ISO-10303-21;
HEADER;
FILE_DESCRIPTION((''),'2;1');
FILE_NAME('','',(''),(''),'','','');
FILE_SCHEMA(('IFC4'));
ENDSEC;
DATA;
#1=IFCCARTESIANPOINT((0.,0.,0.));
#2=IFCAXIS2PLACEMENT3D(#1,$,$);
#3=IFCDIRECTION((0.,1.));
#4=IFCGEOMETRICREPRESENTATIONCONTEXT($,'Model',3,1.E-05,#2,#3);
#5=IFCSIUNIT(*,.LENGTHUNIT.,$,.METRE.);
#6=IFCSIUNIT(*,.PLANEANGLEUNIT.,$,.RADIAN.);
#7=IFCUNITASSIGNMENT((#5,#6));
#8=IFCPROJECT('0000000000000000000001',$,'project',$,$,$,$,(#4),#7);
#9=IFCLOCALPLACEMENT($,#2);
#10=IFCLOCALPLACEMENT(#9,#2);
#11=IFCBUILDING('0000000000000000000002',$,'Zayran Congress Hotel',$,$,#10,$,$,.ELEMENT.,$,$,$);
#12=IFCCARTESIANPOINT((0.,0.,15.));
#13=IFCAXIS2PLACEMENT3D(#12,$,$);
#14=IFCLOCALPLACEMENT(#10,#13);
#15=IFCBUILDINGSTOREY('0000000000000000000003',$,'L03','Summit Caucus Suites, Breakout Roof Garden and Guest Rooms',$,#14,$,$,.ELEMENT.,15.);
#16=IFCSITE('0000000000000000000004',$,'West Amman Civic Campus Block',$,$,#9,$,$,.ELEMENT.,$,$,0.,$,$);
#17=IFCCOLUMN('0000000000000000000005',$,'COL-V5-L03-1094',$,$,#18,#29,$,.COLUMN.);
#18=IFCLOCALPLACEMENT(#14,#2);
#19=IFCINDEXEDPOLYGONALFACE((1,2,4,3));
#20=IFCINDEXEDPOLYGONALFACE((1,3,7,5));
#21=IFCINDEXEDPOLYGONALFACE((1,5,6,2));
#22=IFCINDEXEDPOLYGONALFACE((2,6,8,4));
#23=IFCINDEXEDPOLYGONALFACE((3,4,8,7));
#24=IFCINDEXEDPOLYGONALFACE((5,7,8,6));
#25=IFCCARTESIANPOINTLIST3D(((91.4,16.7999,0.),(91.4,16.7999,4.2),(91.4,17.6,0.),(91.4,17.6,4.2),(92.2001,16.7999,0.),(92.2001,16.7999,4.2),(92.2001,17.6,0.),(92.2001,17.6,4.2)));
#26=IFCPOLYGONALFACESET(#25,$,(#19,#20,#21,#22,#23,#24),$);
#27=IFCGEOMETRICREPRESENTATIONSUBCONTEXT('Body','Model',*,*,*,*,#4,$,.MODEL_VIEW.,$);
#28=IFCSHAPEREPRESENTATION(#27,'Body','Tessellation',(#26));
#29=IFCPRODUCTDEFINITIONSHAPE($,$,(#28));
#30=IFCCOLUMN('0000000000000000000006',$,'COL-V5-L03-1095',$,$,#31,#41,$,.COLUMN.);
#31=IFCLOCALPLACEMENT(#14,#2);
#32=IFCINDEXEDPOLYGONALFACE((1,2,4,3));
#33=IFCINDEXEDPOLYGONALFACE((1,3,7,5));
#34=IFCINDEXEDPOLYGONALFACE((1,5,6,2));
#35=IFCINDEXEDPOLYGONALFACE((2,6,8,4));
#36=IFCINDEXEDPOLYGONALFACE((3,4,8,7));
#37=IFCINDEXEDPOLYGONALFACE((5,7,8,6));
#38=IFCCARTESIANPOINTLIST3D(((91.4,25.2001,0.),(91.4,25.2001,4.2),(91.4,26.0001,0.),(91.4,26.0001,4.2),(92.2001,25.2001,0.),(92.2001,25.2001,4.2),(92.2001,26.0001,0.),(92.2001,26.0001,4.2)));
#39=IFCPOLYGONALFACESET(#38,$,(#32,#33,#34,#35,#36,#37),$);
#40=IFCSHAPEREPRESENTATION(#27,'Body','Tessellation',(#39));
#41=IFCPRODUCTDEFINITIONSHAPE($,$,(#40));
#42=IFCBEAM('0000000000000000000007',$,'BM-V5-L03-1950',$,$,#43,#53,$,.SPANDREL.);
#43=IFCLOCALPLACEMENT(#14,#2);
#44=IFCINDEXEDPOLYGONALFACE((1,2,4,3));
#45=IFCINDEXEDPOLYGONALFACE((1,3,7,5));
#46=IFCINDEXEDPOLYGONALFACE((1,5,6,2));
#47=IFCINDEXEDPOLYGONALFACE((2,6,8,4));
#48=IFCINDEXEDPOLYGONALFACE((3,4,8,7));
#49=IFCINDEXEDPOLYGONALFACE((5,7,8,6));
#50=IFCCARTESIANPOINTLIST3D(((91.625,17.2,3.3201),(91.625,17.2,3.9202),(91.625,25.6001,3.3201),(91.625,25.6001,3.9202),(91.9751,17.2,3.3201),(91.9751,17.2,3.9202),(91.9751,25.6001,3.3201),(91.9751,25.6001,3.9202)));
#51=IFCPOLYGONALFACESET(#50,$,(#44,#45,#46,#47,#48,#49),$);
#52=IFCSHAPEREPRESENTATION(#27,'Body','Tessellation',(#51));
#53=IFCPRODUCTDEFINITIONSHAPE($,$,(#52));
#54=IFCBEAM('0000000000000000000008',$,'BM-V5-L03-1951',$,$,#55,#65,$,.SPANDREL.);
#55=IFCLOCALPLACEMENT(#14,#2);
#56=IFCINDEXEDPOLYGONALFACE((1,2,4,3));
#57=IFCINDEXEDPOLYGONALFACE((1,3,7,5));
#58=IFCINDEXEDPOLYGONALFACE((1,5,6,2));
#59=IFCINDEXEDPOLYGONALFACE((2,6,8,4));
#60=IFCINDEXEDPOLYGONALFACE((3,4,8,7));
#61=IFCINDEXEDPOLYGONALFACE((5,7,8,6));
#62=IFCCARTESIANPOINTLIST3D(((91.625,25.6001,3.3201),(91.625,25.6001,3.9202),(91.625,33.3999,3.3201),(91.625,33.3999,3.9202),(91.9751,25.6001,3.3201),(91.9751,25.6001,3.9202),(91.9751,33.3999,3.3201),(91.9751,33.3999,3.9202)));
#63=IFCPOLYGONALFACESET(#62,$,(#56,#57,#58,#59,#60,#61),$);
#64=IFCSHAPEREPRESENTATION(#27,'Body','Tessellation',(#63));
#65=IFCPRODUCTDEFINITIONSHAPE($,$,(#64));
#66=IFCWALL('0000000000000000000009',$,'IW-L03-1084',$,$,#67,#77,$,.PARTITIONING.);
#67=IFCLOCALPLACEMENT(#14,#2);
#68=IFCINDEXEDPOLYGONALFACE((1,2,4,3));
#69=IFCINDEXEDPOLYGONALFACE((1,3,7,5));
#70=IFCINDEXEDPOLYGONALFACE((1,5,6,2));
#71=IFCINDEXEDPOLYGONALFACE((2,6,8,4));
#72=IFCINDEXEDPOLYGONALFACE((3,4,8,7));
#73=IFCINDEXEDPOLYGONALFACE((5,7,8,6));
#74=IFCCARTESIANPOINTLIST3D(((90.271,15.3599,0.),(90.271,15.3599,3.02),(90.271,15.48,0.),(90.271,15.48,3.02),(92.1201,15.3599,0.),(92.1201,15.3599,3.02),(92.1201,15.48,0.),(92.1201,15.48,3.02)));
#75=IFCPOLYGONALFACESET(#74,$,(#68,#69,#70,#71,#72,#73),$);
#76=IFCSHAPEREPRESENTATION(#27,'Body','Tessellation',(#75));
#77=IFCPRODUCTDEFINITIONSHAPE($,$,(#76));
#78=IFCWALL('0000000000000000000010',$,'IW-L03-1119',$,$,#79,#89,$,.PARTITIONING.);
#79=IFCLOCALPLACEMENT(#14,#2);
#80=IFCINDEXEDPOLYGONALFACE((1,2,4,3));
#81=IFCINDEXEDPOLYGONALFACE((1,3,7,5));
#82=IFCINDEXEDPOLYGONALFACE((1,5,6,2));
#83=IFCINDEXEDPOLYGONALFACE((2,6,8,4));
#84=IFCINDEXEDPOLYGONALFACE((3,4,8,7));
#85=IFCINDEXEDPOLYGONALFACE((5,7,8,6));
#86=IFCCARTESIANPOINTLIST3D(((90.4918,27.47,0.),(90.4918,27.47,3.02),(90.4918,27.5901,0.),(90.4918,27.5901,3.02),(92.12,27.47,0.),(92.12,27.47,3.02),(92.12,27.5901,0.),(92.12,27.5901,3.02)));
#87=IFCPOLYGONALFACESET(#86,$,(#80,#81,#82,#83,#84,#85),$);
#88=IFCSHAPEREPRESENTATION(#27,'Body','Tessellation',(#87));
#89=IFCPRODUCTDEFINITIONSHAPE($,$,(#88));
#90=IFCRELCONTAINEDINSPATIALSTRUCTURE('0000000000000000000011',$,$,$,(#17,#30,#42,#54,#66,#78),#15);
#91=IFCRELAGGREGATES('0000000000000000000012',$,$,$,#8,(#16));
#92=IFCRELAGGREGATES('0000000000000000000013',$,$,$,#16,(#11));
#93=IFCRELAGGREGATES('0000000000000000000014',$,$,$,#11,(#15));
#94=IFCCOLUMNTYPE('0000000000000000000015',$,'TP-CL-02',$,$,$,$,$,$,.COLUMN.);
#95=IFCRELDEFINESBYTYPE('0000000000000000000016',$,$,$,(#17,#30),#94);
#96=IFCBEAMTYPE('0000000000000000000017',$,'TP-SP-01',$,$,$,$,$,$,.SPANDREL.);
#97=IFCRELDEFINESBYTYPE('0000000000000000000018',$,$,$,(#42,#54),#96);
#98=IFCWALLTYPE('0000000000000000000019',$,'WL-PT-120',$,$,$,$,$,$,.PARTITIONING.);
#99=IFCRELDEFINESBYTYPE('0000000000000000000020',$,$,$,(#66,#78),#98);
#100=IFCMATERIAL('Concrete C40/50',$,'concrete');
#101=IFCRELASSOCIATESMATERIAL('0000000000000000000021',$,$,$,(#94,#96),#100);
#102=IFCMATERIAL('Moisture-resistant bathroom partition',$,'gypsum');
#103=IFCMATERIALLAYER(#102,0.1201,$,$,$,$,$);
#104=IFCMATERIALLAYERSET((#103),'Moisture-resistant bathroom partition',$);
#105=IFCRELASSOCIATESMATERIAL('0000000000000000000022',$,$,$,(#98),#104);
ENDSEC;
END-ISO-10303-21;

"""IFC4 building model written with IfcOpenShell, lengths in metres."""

from ifc_helpers import new_model, si_unit, direction, frame, frame_2d, origin, origin_2d, place, context, subcontext, project, spatial, rectangle, extrude, material, layer, layer_set, material_profile, profile_set, type_object, element, save


model = new_model("IFC4")

# Units and contexts
model_context = context("Model", 3, precision=1e-05, world=origin(), true_north=direction((0.0, 1.0)))
body_context = subcontext(model_context, "Body", "Model", "MODEL_VIEW")
ifc_project = project(units=[si_unit("LENGTHUNIT", "METRE"), si_unit("PLANEANGLEUNIT", "RADIAN")], contexts=[model_context])

# Site, building, storey
site_placement = place(None, origin())
site = spatial("IfcSite", under=ifc_project, at=site_placement, Name="West Amman Civic Campus Block", CompositionType="ELEMENT", RefElevation=0.0)
building_placement = place(site_placement, origin())
building = spatial("IfcBuilding", under=site, at=building_placement, Name="Zayran Congress Hotel", CompositionType="ELEMENT")
storey_placement = place(building_placement, frame((0.0, 0.0, 15.0)))
storey = spatial("IfcBuildingStorey", under=building, at=storey_placement, Name="L03", Description="Summit Caucus Suites, Breakout Roof Garden and Guest Rooms", CompositionType="ELEMENT", Elevation=15.0)

# Columns
ifc_material_1 = material(Name="Concrete C40/50", Category="concrete")
ifc_material_profile_1 = material_profile(ifc_material_1, rectangle(XDim=0.8, YDim=0.8, at=origin_2d()), Name="RC 800x800")
ifc_profile_set_1 = profile_set([ifc_material_profile_1], Name="Concrete C40/50")
column_type = type_object("IfcColumnType", Name="TP-CL-02", PredefinedType="COLUMN", material=ifc_profile_set_1)
for number, where, z_axis, x_axis, name in (
    (1, (91.8, 17.2, 0.0), (0.0, 0.0, 1.0), (1.0, 0.0, 0.0), "COL-V5-L03-1094"),
    (2, (91.8, 25.6001, 0.0), (0.0, 0.0, 1.0), (1.0, 0.0, 0.0), "COL-V5-L03-1095"),
):
    element("IfcColumn", number, at=place(storey_placement, frame(where, z_axis=z_axis, x_axis=x_axis)), inside=storey, type_object=column_type, Name=name, PredefinedType="COLUMN", context=body_context, shape_type="SweptSolid", body=[
        extrude(rectangle(XDim=0.8, YDim=0.8, at=origin_2d()), origin(), (0.0, 0.0, 1.0), 4.2),
    ])

# Beams
ifc_material_profile_2 = material_profile(ifc_material_1, rectangle(XDim=0.3501, YDim=0.6001, at=origin_2d()), Name="RC 350x600")
ifc_profile_set_2 = profile_set([ifc_material_profile_2], Name="Concrete C40/50")
beam_type = type_object("IfcBeamType", Name="TP-SP-01", PredefinedType="SPANDREL", material=ifc_profile_set_2)
beam_1_placement = place(storey_placement, frame((91.8, 17.2, 3.6201), z_axis=(0.0, 1.0, 0.0), x_axis=(-1.0, 0.0, 0.0)))
element("IfcBeam", 3, at=beam_1_placement, inside=storey, type_object=beam_type, Name="BM-V5-L03-1950", PredefinedType="SPANDREL", context=body_context, shape_type="SweptSolid", body=[
    extrude(rectangle(XDim=0.3501, YDim=0.6001, at=origin_2d()), origin(), (0.0, 0.0, 1.0), 8.4001),
])
beam_2_placement = place(storey_placement, frame((91.8, 25.6001, 3.6201), z_axis=(0.0, 1.0, 0.0), x_axis=(-1.0, 0.0, 0.0)))
element("IfcBeam", 4, at=beam_2_placement, inside=storey, type_object=beam_type, Name="BM-V5-L03-1951", PredefinedType="SPANDREL", context=body_context, shape_type="SweptSolid", body=[
    extrude(rectangle(XDim=0.3501, YDim=0.6001, at=origin_2d()), origin(), (0.0, 0.0, 1.0), 7.7998),
])

# Shared definitions
ifc_material_2 = material(Name="Moisture-resistant bathroom partition", Category="gypsum")
ifc_layer = layer(ifc_material_2, 0.1201)
ifc_layer_set = layer_set([ifc_layer], Name="Moisture-resistant bathroom partition")
wall_type = type_object("IfcWallType", Name="WL-PT-120", PredefinedType="PARTITIONING", material=ifc_layer_set)

# Walls
wall_1_placement = place(storey_placement, frame((90.271, 15.4199, 0.0), z_axis=(0.0, 0.0, 1.0), x_axis=(1.0, 0.0, 0.0)))
element("IfcWall", 5, at=wall_1_placement, inside=storey, type_object=wall_type, Name="IW-L03-1084", PredefinedType="PARTITIONING", context=body_context, shape_type="SweptSolid", body=[
    extrude(rectangle(XDim=1.8491, YDim=0.1201, at=frame_2d((0.9246, 0.0))), origin(), (0.0, 0.0, 1.0), 3.02),
])
wall_2_placement = place(storey_placement, frame((90.4919, 27.53, 0.0), z_axis=(0.0, 0.0, 1.0), x_axis=(1.0, 0.0, 0.0)))
element("IfcWall", 6, at=wall_2_placement, inside=storey, type_object=wall_type, Name="IW-L03-1119", PredefinedType="PARTITIONING", context=body_context, shape_type="SweptSolid", body=[
    extrude(rectangle(XDim=1.6282, YDim=0.1201, at=frame_2d((0.814, 0.0))), origin(), (0.0, 0.0, 1.0), 3.02),
])

save(model, "model.ifc")
